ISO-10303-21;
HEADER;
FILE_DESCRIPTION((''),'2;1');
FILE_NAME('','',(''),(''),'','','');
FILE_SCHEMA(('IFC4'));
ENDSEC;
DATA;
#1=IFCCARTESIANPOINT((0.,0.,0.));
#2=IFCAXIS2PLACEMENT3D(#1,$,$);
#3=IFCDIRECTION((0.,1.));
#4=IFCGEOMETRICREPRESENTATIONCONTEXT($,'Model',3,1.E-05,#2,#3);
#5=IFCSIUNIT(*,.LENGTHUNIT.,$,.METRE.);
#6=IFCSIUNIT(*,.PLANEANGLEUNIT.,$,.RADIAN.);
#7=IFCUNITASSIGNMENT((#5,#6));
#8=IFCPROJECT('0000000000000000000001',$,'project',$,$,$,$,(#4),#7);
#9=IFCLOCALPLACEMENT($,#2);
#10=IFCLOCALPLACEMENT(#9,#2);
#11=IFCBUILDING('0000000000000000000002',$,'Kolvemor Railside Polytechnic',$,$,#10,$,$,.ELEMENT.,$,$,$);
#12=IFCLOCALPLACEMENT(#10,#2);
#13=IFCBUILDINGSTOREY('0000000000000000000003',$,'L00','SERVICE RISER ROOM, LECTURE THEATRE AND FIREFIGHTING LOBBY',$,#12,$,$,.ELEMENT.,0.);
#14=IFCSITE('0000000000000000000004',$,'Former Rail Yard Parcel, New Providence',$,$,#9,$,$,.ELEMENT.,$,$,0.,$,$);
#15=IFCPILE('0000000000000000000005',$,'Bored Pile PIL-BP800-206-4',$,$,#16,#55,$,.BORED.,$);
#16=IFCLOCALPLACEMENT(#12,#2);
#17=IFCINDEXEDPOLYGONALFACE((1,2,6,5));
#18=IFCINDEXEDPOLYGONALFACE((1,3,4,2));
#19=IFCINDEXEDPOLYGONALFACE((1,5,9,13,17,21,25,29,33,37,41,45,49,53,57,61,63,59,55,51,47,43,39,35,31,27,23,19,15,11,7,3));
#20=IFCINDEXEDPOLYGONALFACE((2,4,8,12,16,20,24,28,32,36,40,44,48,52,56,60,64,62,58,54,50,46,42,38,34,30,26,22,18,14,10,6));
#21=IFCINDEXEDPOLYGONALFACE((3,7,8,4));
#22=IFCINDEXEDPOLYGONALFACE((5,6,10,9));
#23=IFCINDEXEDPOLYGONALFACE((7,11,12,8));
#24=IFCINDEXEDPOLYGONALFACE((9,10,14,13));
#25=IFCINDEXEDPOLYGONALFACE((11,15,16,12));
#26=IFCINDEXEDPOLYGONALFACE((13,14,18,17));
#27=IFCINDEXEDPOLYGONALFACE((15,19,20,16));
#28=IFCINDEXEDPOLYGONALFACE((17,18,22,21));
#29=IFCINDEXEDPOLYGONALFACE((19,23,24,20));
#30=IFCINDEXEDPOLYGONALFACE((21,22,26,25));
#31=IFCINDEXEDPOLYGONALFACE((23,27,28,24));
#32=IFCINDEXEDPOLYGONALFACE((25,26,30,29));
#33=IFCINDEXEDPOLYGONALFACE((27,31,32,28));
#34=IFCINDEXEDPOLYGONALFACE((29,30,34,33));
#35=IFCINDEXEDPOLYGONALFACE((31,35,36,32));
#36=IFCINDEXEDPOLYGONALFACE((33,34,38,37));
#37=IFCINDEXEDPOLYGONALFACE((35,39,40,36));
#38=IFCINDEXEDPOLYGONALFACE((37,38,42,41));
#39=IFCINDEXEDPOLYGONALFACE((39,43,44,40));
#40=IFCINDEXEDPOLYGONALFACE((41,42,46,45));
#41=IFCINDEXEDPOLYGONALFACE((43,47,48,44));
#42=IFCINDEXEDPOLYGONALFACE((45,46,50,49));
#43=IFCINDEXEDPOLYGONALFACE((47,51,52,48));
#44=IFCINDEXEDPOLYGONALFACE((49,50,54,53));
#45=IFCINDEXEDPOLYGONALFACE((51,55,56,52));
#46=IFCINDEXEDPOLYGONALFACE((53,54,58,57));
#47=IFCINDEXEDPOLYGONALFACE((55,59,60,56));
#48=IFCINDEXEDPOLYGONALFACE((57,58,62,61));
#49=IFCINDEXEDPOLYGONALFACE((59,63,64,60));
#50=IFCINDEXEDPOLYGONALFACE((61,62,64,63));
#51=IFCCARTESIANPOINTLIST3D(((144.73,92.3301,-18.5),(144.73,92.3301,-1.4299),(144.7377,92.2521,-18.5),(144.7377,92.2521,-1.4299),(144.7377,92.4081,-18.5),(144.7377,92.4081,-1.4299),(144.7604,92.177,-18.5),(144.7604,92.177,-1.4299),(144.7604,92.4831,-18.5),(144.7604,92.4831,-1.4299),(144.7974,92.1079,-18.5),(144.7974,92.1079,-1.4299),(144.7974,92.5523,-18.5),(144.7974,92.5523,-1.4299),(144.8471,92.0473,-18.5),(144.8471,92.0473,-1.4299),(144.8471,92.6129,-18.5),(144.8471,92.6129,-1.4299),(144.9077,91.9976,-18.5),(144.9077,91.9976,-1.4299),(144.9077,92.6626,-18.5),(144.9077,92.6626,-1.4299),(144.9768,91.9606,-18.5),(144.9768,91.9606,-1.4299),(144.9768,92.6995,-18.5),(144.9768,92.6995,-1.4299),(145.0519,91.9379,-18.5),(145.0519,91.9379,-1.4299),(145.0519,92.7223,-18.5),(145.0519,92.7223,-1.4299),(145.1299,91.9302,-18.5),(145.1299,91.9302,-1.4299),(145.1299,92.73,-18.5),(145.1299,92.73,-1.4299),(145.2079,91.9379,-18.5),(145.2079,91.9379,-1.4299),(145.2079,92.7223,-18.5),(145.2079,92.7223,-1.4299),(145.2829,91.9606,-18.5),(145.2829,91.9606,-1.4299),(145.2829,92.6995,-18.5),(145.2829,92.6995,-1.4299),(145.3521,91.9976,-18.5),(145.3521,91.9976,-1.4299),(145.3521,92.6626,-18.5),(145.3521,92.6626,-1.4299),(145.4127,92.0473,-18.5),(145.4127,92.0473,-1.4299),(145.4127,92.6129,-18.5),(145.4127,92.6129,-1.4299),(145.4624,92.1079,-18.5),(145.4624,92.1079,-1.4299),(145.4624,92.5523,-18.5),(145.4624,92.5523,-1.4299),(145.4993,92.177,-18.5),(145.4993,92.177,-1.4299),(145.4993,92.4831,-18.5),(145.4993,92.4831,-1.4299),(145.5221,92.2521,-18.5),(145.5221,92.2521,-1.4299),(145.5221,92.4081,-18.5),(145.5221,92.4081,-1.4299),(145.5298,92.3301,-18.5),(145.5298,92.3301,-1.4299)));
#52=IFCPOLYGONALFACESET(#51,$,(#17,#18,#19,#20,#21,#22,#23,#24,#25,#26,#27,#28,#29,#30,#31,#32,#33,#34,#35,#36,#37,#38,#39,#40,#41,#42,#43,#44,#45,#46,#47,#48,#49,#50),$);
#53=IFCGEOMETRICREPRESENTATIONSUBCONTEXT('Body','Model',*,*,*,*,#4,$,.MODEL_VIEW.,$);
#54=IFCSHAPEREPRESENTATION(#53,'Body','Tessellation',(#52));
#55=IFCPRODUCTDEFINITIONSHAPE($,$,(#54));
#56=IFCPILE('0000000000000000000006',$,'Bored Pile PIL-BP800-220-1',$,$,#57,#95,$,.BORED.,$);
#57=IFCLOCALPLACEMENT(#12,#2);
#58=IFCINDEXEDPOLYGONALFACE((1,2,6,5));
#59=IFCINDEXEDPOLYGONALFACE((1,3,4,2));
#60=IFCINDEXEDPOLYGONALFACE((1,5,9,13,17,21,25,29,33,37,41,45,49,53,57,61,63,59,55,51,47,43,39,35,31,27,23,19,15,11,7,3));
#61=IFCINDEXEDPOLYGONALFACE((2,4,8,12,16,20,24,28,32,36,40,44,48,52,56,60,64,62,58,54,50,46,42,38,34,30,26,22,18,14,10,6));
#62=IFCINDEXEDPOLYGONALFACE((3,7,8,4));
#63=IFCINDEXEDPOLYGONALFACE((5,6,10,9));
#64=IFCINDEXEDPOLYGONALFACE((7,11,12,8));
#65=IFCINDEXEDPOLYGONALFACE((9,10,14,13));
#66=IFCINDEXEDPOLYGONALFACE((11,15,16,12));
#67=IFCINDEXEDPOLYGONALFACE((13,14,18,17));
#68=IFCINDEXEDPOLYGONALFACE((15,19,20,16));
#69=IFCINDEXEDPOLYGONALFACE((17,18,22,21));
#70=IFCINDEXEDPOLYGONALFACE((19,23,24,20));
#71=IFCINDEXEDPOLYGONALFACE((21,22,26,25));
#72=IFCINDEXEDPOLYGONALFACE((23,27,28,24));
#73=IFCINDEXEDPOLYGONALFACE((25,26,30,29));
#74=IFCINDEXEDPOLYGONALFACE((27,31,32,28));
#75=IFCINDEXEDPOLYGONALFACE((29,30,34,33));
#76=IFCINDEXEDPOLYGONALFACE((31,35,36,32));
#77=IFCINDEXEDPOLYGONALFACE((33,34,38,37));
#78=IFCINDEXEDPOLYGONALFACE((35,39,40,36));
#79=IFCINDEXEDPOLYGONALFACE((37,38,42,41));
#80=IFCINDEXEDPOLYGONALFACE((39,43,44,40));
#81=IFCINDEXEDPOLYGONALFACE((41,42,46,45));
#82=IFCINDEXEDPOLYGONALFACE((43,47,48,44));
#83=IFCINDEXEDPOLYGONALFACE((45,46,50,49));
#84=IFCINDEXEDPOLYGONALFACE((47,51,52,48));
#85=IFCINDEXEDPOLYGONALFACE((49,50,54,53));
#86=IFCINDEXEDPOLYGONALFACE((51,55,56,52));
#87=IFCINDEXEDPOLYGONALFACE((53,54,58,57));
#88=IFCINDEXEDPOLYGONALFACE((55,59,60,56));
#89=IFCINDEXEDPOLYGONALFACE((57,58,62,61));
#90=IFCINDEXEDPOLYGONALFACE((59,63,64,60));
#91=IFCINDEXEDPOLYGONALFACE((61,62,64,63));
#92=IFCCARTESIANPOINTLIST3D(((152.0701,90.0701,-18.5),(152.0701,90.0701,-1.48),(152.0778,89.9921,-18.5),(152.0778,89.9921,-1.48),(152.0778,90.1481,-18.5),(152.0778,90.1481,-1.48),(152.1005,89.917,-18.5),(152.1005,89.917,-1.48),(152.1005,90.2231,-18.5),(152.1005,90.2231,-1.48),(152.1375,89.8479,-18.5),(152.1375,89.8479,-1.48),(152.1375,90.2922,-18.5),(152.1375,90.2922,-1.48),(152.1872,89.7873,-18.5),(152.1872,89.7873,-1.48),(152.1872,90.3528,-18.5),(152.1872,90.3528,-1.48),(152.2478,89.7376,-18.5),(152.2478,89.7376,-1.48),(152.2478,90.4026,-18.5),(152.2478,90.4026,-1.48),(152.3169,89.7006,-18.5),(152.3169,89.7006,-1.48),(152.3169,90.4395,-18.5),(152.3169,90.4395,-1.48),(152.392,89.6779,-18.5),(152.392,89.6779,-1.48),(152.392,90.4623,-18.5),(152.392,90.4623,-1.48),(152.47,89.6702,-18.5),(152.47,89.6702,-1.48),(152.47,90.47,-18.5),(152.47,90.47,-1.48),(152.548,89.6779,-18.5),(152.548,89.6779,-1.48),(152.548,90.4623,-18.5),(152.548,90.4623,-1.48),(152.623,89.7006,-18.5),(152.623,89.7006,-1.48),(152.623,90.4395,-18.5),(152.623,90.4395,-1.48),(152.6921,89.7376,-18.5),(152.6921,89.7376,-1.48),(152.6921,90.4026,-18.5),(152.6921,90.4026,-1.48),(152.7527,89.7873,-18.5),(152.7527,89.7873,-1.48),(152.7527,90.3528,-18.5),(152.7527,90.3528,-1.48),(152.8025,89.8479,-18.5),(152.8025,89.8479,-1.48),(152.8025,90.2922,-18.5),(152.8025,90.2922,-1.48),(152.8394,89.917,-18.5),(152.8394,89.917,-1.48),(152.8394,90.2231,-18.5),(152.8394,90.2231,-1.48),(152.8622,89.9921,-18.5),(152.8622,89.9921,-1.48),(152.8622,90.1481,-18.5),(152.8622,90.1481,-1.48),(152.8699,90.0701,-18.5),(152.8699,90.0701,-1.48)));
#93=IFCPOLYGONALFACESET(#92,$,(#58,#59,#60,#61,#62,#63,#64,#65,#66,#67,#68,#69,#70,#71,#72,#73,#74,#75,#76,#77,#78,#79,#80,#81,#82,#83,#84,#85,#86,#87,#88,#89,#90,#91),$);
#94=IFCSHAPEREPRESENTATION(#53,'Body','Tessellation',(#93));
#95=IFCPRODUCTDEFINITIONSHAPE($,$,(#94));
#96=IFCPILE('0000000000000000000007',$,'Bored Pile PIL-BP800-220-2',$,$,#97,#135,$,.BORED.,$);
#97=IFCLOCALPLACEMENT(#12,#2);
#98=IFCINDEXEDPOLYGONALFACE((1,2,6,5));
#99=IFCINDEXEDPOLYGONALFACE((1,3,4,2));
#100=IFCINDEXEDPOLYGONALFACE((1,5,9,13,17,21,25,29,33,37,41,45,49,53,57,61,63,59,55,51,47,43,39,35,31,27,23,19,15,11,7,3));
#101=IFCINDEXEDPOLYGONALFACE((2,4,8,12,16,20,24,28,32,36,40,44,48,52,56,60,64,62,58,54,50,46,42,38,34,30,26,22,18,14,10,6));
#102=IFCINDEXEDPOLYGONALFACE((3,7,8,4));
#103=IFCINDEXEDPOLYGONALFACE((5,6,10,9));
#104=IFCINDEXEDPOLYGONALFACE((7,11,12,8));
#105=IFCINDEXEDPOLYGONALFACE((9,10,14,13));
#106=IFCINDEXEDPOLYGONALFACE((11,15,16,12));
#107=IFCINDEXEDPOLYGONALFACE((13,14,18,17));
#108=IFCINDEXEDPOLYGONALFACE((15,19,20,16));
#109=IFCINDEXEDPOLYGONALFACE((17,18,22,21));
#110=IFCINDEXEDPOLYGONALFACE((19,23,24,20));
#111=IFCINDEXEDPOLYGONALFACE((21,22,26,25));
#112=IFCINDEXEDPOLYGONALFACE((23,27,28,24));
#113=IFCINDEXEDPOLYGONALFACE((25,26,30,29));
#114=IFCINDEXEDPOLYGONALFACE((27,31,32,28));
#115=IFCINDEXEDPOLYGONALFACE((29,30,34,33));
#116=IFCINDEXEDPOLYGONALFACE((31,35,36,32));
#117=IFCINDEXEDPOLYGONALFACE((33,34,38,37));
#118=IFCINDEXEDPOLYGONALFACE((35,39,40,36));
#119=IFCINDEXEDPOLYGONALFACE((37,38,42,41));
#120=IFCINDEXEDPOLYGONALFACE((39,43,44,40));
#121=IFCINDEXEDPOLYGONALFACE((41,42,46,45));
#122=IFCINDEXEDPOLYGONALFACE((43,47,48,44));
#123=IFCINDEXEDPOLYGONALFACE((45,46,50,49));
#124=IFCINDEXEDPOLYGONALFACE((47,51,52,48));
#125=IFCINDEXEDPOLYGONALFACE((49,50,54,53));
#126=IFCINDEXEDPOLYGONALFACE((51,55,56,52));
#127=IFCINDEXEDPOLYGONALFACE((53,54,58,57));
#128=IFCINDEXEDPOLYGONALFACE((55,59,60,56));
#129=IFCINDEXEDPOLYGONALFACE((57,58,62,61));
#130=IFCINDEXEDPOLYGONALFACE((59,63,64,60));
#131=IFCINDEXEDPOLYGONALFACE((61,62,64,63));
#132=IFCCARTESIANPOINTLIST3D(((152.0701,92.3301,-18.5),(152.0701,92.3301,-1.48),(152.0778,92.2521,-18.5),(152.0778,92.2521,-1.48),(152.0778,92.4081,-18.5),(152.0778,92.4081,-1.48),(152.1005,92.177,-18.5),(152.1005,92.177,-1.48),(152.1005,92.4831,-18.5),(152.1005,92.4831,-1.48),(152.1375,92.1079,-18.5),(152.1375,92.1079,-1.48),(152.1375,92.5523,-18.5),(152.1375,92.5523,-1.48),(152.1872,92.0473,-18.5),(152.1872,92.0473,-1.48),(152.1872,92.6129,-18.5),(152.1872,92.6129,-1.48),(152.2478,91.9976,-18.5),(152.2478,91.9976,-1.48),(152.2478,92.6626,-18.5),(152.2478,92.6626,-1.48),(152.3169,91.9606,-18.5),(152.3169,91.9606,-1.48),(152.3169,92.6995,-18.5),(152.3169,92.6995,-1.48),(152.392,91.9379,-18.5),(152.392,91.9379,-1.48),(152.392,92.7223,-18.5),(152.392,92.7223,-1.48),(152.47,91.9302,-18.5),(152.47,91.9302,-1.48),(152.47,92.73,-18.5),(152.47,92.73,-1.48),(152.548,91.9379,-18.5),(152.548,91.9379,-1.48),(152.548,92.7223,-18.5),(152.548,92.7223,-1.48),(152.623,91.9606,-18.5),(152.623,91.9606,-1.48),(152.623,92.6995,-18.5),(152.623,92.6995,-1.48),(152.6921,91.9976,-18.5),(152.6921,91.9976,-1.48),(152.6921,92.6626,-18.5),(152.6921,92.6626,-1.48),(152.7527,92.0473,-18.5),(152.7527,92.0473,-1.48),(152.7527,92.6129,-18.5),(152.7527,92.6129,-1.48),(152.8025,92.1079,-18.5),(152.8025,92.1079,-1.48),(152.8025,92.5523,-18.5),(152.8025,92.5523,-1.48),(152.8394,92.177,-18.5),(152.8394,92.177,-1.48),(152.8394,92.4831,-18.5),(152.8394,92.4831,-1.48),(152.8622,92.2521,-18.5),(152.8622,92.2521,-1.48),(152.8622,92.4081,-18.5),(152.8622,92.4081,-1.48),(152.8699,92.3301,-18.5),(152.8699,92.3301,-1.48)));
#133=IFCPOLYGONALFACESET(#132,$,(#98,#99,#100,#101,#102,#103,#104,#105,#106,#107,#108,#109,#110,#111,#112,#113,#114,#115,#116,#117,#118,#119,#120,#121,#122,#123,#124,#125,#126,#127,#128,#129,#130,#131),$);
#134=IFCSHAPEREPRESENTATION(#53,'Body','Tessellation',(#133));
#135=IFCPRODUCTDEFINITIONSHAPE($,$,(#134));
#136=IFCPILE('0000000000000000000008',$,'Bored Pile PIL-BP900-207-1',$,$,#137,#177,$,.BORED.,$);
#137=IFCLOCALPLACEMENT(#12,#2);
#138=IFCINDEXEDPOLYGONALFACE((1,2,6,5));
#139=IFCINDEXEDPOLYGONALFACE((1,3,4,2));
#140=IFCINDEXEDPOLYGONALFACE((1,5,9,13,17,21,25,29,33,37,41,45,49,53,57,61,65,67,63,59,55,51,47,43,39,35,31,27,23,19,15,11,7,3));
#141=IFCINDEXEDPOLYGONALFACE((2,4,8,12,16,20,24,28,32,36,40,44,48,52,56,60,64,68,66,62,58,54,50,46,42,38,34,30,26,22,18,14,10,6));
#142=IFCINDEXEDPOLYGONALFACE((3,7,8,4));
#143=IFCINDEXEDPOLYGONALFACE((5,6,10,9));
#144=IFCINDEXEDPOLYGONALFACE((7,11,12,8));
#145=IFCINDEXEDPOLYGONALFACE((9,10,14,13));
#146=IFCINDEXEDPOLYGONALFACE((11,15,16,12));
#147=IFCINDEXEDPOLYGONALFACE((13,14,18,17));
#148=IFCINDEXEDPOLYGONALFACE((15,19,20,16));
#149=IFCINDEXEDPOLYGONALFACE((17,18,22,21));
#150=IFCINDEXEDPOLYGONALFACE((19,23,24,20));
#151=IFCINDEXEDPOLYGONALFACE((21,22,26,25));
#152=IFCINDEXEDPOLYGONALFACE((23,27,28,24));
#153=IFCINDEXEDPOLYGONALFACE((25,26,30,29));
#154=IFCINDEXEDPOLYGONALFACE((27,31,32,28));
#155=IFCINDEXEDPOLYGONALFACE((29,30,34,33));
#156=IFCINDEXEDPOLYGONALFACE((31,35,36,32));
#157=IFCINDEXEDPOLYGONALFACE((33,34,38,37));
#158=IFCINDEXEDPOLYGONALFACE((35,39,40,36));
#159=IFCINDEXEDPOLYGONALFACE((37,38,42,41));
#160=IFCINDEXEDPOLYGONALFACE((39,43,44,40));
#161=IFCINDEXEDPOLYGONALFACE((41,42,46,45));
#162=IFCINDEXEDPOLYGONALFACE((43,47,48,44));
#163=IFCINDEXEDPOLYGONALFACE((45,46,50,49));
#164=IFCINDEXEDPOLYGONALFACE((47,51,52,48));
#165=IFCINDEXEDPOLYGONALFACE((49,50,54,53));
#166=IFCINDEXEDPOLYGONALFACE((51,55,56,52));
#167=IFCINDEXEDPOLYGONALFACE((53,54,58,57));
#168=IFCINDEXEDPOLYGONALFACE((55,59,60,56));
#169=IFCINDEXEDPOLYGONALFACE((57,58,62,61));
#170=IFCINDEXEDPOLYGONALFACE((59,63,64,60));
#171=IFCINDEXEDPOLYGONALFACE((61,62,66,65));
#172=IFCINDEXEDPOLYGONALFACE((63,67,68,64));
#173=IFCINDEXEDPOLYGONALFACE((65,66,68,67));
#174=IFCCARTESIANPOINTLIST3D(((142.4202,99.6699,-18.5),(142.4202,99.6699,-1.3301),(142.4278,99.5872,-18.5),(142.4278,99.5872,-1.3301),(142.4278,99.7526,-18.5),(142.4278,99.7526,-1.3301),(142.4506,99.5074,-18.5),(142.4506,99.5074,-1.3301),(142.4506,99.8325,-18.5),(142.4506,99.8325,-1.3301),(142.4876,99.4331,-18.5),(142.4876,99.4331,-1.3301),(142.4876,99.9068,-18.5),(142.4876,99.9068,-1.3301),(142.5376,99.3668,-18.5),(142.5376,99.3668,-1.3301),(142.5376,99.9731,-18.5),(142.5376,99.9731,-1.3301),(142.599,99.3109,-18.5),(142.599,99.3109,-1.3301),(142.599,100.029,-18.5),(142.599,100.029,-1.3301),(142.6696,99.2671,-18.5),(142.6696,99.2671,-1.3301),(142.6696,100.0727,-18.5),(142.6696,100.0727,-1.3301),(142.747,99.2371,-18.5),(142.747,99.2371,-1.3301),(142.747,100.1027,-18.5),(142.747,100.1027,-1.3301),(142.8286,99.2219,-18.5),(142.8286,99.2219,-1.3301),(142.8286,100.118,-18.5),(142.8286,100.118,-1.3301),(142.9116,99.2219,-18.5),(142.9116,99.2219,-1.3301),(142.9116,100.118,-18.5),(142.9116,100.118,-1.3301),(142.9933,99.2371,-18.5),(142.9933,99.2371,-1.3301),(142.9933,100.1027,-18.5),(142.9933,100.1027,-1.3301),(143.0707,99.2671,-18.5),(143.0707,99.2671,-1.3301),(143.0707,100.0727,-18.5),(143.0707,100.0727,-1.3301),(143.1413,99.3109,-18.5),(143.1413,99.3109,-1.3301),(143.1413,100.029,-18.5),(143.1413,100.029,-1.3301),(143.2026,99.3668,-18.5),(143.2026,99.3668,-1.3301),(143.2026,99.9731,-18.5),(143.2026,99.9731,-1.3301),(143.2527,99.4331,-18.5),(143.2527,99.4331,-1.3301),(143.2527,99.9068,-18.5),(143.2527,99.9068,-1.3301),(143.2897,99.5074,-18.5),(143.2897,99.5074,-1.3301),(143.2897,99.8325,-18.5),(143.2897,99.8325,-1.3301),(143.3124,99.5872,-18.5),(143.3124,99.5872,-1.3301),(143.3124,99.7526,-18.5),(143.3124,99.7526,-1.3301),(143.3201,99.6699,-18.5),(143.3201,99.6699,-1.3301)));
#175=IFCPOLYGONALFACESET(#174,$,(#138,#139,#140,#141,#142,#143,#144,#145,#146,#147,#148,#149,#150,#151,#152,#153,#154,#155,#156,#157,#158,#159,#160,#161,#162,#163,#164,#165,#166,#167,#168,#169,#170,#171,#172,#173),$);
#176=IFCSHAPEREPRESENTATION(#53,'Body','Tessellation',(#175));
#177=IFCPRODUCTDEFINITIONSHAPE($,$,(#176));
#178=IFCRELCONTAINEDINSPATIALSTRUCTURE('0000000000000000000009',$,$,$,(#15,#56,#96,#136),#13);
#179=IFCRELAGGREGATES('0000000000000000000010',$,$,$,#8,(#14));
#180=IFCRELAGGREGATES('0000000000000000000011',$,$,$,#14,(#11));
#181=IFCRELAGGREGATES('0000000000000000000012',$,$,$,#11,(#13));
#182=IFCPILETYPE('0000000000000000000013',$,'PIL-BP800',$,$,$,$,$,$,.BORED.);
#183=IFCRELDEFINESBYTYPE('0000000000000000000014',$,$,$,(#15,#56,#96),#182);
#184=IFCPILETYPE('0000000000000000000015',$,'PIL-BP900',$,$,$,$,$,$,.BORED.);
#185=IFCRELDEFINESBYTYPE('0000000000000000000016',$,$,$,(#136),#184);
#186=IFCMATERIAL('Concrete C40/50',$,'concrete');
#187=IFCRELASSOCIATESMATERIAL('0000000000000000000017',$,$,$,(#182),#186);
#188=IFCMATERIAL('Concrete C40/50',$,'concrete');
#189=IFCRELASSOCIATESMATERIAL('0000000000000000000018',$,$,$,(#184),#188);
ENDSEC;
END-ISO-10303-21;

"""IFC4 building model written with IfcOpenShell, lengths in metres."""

from ifc_helpers import new_model, si_unit, direction, frame, origin, origin_2d, place, context, subcontext, project, spatial, circle, extrude, material, material_profile, profile_set, type_object, element, save


model = new_model("IFC4")

# Units and contexts
model_context = context("Model", 3, precision=1e-05, world=origin(), true_north=direction((0.0, 1.0)))
body_context = subcontext(model_context, "Body", "Model", "MODEL_VIEW")
ifc_project = project(units=[si_unit("LENGTHUNIT", "METRE"), si_unit("PLANEANGLEUNIT", "RADIAN")], contexts=[model_context])

# Site, building, storey
site_placement = place(None, origin())
site = spatial("IfcSite", under=ifc_project, at=site_placement, Name="Former Rail Yard Parcel, New Providence", CompositionType="ELEMENT", RefElevation=0.0)
building_placement = place(site_placement, origin())
building = spatial("IfcBuilding", under=site, at=building_placement, Name="Kolvemor Railside Polytechnic", CompositionType="ELEMENT")
storey_placement = place(building_placement, origin())
storey = spatial("IfcBuildingStorey", under=building, at=storey_placement, Name="L00", Description="SERVICE RISER ROOM, LECTURE THEATRE AND FIREFIGHTING LOBBY", CompositionType="ELEMENT", Elevation=0.0)

# Piles
ifc_material_1 = material(Name="Concrete C40/50", Category="concrete")
ifc_material_profile_1 = material_profile(ifc_material_1, circle(Radius=0.3999, at=origin_2d()), Name="BP800")
ifc_profile_set_1 = profile_set([ifc_material_profile_1], Name="Concrete C40/50")
pile_type_1 = type_object("IfcPileType", Name="PIL-BP800", PredefinedType="BORED", material=ifc_profile_set_1)
for number, where, z_axis, x_axis, name in (
    (1, (145.1299, 92.3301, -1.4299), (0.0, 0.0, -1.0), (1.0, 0.0, 0.0), "Bored Pile PIL-BP800-206-4"),
):
    element("IfcPile", number, at=place(storey_placement, frame(where, z_axis=z_axis, x_axis=x_axis)), inside=storey, type_object=pile_type_1, Name=name, PredefinedType="BORED", context=body_context, shape_type="SweptSolid", body=[
        extrude(circle(Radius=0.3999, at=origin_2d()), origin(), (0.0, 0.0, 1.0), 17.0701),
    ])
for number, where, z_axis, x_axis, name in (
    (2, (152.47, 90.0701, -1.48), (0.0, 0.0, -1.0), (1.0, 0.0, 0.0), "Bored Pile PIL-BP800-220-1"),
    (3, (152.47, 92.3301, -1.48), (0.0, 0.0, -1.0), (1.0, 0.0, 0.0), "Bored Pile PIL-BP800-220-2"),
):
    element("IfcPile", number, at=place(storey_placement, frame(where, z_axis=z_axis, x_axis=x_axis)), inside=storey, type_object=pile_type_1, Name=name, PredefinedType="BORED", context=body_context, shape_type="SweptSolid", body=[
        extrude(circle(Radius=0.3999, at=origin_2d()), origin(), (0.0, 0.0, 1.0), 17.02),
    ])
ifc_material_2 = material(Name="Concrete C40/50", Category="concrete")
ifc_material_profile_2 = material_profile(ifc_material_2, circle(Radius=0.45, at=origin_2d()), Name="BP900")
ifc_profile_set_2 = profile_set([ifc_material_profile_2], Name="Concrete C40/50")
pile_type_2 = type_object("IfcPileType", Name="PIL-BP900", PredefinedType="BORED", material=ifc_profile_set_2)
for number, where, z_axis, x_axis, name in (
    (4, (142.8701, 99.6699, -1.3301), (0.0, 0.0, -1.0), (1.0, 0.0, 0.0), "Bored Pile PIL-BP900-207-1"),
):
    element("IfcPile", number, at=place(storey_placement, frame(where, z_axis=z_axis, x_axis=x_axis)), inside=storey, type_object=pile_type_2, Name=name, PredefinedType="BORED", context=body_context, shape_type="SweptSolid", body=[
        extrude(circle(Radius=0.45, at=origin_2d()), origin(), (0.0, 0.0, 1.0), 17.1699),
    ])

save(model, "model.ifc")
